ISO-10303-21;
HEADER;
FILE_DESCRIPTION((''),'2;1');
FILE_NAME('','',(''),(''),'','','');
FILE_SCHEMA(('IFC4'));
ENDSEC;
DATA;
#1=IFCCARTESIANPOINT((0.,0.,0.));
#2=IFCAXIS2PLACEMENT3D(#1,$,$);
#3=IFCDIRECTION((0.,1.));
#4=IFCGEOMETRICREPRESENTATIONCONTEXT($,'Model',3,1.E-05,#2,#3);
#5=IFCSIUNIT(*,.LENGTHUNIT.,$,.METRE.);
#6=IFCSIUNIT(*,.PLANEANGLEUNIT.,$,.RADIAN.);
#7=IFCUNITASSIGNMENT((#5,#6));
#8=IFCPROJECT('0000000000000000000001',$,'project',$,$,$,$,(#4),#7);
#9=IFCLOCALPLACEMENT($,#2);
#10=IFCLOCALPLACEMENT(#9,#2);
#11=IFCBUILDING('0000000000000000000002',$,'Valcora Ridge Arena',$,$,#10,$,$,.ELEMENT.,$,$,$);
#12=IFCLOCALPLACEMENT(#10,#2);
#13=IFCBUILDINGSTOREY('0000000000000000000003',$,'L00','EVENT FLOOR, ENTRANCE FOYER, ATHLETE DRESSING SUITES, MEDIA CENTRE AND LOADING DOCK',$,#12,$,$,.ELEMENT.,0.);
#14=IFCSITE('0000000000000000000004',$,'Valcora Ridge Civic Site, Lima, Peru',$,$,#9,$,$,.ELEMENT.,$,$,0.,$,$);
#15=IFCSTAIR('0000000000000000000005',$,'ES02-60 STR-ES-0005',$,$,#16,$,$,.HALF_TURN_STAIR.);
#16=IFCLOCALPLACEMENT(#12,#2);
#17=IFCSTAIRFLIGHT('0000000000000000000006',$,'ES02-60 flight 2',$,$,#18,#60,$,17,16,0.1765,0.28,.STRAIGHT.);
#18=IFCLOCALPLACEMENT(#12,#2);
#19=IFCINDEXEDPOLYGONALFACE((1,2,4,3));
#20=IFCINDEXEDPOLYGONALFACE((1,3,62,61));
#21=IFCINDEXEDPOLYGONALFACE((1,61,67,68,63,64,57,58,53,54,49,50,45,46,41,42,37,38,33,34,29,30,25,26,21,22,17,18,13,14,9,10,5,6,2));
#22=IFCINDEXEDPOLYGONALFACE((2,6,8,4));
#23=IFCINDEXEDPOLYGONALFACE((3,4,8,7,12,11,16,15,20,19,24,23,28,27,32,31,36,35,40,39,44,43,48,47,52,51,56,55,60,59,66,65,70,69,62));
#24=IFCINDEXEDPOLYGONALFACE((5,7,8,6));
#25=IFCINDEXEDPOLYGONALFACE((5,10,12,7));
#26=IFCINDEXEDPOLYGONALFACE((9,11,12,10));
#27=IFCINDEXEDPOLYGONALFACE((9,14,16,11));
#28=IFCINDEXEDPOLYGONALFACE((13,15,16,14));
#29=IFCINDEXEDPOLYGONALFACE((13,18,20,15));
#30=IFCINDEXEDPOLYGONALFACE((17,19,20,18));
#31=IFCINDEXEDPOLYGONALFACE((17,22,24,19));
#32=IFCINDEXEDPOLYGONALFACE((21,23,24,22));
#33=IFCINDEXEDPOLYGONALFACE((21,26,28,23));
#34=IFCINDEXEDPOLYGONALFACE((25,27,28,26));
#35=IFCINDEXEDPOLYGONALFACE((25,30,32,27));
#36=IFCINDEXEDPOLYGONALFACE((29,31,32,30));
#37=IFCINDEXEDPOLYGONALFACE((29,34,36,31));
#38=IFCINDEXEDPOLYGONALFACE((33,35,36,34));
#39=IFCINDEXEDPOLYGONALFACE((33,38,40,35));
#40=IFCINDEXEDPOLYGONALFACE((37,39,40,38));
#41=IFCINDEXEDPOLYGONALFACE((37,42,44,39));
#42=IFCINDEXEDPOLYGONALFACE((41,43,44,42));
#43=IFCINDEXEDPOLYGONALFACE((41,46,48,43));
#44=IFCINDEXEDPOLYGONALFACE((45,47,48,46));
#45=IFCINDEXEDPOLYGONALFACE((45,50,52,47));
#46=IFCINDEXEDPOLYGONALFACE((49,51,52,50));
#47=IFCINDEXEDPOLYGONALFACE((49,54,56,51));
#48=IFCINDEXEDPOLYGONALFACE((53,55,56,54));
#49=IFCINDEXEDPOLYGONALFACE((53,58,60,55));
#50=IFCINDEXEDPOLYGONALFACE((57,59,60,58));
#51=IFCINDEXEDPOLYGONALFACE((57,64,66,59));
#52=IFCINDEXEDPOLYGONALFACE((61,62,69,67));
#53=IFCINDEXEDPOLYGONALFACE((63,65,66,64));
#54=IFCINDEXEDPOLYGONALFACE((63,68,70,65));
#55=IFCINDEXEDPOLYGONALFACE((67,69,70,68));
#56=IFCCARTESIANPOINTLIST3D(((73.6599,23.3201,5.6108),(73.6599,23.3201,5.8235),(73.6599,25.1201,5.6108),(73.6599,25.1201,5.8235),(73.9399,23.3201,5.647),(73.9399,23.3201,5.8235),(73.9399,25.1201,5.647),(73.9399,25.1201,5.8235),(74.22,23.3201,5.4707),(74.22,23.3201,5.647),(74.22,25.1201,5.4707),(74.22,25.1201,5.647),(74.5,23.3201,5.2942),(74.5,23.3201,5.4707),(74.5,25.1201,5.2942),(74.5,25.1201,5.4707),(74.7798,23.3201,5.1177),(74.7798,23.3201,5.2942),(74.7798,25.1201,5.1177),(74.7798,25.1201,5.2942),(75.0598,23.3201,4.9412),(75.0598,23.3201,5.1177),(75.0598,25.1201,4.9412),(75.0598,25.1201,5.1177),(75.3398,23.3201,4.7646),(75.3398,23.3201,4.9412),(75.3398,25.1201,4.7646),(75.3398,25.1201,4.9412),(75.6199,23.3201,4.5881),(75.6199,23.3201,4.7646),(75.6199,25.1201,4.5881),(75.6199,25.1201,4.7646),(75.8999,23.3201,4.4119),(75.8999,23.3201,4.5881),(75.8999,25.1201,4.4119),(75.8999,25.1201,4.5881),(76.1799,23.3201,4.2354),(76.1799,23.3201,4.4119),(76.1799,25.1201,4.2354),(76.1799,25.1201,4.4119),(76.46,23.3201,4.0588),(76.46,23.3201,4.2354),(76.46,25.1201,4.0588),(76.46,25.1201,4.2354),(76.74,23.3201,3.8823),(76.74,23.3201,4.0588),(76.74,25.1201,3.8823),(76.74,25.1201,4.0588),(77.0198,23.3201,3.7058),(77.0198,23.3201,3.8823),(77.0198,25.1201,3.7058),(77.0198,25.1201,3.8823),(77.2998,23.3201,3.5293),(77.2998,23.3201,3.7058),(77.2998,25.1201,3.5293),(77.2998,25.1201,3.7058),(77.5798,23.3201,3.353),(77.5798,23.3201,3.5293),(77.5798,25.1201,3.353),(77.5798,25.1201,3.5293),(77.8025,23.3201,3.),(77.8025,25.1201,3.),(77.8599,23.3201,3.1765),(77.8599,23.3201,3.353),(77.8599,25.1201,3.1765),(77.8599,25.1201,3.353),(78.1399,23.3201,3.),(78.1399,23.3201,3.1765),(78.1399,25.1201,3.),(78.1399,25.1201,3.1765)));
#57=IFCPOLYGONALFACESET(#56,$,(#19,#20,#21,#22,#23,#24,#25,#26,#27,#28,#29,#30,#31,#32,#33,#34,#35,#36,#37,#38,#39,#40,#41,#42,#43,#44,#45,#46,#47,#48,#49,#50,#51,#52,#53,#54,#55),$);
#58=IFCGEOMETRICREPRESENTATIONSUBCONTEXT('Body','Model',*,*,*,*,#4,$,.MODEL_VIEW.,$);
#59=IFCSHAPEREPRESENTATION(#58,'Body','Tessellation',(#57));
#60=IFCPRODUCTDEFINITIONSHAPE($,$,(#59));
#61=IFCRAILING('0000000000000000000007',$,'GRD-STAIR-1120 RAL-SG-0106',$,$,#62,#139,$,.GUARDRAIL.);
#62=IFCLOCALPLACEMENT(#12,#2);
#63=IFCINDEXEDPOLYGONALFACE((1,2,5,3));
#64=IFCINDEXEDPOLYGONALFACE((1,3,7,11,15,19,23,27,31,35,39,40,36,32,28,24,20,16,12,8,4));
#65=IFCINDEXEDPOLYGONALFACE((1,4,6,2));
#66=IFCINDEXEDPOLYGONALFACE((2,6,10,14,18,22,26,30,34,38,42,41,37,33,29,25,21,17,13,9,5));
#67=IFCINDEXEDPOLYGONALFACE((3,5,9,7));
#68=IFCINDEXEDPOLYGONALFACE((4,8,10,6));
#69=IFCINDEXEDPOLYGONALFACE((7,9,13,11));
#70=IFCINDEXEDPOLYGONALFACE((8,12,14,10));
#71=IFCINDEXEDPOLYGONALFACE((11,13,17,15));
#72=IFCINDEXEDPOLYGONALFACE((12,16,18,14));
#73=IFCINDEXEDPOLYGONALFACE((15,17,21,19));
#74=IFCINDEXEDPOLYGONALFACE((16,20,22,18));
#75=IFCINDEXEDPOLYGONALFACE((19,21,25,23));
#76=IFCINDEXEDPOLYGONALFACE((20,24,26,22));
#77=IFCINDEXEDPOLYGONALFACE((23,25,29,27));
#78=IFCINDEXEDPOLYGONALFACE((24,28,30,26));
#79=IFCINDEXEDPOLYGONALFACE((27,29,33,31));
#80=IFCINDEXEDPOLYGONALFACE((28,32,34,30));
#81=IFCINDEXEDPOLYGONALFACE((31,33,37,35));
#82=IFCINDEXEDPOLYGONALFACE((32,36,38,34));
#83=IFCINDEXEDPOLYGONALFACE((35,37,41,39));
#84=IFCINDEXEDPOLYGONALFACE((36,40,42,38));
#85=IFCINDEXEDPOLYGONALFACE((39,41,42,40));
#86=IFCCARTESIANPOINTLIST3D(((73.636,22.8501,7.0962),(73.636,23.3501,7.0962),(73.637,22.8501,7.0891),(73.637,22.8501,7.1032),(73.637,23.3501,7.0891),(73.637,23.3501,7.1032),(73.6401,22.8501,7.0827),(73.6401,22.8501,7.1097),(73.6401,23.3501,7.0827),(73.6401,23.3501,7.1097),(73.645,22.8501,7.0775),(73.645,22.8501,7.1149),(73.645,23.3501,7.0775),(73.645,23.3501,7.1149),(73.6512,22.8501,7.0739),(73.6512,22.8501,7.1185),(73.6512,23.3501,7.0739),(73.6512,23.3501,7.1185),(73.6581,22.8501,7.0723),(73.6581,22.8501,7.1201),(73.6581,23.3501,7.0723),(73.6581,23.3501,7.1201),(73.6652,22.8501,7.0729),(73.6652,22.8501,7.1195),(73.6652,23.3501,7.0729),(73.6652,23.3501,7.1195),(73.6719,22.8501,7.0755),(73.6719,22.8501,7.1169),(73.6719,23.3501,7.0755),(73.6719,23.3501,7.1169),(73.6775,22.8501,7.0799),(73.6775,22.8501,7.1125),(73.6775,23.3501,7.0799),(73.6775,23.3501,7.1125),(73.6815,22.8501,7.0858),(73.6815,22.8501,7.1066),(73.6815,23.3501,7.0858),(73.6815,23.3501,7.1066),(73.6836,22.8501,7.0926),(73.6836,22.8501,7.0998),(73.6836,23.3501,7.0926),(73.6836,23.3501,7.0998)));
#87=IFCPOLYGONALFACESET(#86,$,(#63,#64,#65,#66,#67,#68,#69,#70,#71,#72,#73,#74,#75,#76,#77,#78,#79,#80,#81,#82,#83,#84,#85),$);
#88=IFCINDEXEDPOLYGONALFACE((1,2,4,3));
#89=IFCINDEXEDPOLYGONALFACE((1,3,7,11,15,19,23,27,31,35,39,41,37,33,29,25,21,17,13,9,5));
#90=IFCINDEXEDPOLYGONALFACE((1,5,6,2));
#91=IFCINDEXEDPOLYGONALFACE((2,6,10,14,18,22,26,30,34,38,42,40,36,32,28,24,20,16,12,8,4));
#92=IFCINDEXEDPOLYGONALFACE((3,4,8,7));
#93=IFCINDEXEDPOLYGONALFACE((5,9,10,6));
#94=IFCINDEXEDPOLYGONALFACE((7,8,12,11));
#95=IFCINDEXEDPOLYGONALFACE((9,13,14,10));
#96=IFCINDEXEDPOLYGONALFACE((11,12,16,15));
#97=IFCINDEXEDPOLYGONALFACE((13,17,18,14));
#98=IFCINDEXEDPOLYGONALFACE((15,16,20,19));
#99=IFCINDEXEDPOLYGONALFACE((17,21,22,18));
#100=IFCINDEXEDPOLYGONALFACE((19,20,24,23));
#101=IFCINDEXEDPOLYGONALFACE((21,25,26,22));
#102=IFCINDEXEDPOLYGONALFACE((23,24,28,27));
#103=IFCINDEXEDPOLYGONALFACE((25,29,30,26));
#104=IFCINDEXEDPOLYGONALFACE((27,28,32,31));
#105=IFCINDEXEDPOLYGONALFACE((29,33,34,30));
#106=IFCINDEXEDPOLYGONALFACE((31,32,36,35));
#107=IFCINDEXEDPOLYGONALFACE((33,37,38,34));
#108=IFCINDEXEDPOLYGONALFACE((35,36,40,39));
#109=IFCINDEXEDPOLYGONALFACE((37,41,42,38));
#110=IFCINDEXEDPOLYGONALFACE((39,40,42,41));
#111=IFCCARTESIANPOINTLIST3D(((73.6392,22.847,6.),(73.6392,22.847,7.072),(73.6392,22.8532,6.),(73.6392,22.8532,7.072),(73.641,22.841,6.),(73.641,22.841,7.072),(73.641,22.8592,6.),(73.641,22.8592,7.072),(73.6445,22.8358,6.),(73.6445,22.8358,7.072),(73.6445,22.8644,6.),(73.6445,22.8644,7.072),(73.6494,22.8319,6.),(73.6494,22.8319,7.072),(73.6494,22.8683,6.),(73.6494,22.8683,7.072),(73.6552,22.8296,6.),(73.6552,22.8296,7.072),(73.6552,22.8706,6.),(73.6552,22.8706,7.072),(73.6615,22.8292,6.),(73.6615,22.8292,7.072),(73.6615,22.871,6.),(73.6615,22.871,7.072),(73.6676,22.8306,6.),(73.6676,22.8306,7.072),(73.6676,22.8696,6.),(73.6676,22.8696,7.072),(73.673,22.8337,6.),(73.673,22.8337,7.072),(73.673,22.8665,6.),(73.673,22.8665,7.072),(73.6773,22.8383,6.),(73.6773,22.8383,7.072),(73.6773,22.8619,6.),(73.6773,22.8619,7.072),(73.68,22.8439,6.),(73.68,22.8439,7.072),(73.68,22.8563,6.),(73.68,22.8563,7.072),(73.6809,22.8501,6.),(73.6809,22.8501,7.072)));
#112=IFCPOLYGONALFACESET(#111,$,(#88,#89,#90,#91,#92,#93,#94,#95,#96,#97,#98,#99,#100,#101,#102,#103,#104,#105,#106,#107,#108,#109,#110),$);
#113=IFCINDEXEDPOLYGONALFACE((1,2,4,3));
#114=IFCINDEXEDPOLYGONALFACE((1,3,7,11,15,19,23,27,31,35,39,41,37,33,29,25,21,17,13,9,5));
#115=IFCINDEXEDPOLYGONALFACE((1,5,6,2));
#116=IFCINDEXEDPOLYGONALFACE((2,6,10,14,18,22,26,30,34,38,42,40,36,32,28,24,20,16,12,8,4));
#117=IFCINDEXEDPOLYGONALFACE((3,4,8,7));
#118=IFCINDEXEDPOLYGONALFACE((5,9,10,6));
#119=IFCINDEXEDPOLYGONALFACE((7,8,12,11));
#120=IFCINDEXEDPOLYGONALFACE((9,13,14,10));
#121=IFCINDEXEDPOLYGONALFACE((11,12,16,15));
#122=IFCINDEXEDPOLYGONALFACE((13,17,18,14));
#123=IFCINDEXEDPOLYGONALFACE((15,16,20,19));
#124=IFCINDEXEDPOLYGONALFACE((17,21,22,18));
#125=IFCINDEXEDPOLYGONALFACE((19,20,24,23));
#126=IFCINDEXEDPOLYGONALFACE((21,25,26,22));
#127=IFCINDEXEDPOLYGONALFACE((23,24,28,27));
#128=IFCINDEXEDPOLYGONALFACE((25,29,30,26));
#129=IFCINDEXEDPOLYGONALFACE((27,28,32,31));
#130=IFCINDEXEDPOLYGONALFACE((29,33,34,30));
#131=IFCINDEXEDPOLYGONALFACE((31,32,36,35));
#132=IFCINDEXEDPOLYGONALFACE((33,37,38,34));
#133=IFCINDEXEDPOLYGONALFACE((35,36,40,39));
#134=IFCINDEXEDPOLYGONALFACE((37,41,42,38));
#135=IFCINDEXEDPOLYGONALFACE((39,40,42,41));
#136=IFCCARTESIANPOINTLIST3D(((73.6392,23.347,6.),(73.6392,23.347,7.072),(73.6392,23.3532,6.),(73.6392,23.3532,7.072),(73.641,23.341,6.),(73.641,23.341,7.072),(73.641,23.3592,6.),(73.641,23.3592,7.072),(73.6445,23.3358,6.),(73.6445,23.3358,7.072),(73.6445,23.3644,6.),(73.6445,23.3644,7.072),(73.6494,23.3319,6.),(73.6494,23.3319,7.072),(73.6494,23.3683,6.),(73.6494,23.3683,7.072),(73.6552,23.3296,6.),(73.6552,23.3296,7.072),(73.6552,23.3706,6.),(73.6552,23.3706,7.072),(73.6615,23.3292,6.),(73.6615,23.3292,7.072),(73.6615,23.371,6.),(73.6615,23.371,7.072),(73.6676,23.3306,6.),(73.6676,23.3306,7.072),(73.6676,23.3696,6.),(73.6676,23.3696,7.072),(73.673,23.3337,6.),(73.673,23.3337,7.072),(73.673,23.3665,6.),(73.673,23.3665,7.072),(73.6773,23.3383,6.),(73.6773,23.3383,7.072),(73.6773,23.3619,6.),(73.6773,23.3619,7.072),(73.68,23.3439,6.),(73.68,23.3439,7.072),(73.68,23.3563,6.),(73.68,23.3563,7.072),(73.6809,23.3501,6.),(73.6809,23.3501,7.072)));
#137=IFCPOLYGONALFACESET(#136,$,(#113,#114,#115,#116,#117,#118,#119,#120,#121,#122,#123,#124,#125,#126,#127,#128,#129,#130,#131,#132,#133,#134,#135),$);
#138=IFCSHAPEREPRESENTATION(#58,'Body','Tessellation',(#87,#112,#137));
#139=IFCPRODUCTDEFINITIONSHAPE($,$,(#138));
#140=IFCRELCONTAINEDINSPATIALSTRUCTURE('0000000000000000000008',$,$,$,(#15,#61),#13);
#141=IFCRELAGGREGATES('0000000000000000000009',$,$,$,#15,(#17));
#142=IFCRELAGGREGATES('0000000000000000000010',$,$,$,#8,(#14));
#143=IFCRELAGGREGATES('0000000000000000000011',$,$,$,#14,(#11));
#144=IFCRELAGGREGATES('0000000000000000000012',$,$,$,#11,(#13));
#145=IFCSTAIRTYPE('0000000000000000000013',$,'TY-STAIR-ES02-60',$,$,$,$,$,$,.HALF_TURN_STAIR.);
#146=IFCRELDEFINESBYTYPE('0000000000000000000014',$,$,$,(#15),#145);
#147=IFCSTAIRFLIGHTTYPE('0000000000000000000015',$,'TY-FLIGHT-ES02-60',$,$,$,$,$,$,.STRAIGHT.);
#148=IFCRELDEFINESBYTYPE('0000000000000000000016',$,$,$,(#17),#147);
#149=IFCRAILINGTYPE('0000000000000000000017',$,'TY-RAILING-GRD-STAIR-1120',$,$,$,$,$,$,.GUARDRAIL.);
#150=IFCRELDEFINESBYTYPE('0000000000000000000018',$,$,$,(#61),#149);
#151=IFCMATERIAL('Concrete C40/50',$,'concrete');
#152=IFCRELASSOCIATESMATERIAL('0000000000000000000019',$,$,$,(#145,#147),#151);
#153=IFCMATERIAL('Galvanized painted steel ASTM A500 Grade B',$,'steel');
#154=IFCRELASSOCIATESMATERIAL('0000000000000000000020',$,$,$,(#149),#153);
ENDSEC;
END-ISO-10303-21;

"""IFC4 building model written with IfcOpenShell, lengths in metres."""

from ifc_helpers import new_model, si_unit, direction, frame, origin, origin_2d, place, context, subcontext, project, spatial, polyline, circle, outline, extrude, material, type_object, element, aggregate, save


model = new_model("IFC4")

# Units and contexts
model_context = context("Model", 3, precision=1e-05, world=origin(), true_north=direction((0.0, 1.0)))
body_context = subcontext(model_context, "Body", "Model", "MODEL_VIEW")
ifc_project = project(units=[si_unit("LENGTHUNIT", "METRE"), si_unit("PLANEANGLEUNIT", "RADIAN")], contexts=[model_context])

# Site, building, storey
site_placement = place(None, origin())
site = spatial("IfcSite", under=ifc_project, at=site_placement, Name="Valcora Ridge Civic Site, Lima, Peru", CompositionType="ELEMENT", RefElevation=0.0)
building_placement = place(site_placement, origin())
building = spatial("IfcBuilding", under=site, at=building_placement, Name="Valcora Ridge Arena", CompositionType="ELEMENT")
storey_placement = place(building_placement, origin())
storey = spatial("IfcBuildingStorey", under=building, at=storey_placement, Name="L00", Description="EVENT FLOOR, ENTRANCE FOYER, ATHLETE DRESSING SUITES, MEDIA CENTRE AND LOADING DOCK", CompositionType="ELEMENT", Elevation=0.0)

# Stair, stair flight
ifc_material_1 = material(Name="Concrete C40/50", Category="concrete")
stair_type = type_object("IfcStairType", Name="TY-STAIR-ES02-60", PredefinedType="HALF_TURN_STAIR", material=ifc_material_1)
stair_placement = place(storey_placement, origin())
stair = element("IfcStair", 1, at=stair_placement, inside=storey, type_object=stair_type, Name="ES02-60 STR-ES-0005", PredefinedType="HALF_TURN_STAIR")
stair_flight_type = type_object("IfcStairFlightType", Name="TY-FLIGHT-ES02-60", PredefinedType="STRAIGHT", material=ifc_material_1)
stair_flight_1_placement = place(storey_placement, frame((78.1399, 24.22, 3.0), z_axis=(0.0, 0.0, 1.0), x_axis=(-1.0, 0.0, 0.0)))
stair_flight_1 = element("IfcStairFlight", 2, at=stair_flight_1_placement, type_object=stair_flight_type, Name="ES02-60 flight 2", NumberOfRisers=17, NumberOfTreads=16, PredefinedType="STRAIGHT", RiserHeight=0.1765, TreadLength=0.28, context=body_context, shape_type="SweptSolid", body=[
    extrude(outline(polyline([(0.0, 0.0), (0.0, 0.1765), (0.28, 0.1765), (0.28, 0.353), (0.5601, 0.353), (0.5601, 0.5293), (0.8401, 0.5293), (0.8401, 0.7058), (1.1201, 0.7058), (1.1201, 0.8823), (1.3999, 0.8823), (1.3999, 1.0588), (1.6799, 1.0588), (1.6799, 1.2354), (1.96, 1.2354), (1.96, 1.4119), (2.24, 1.4119), (2.24, 1.5881), (2.52, 1.5881), (2.52, 1.7646), (2.8, 1.7646), (2.8, 1.9412), (3.0801, 1.9412), (3.0801, 2.1177), (3.3601, 2.1177), (3.3601, 2.2942), (3.6399, 2.2942), (3.6399, 2.4707), (3.9199, 2.4707), (3.9199, 2.647), (4.2, 2.647), (4.2, 2.8235), (4.48, 2.8235), (4.48, 3.0), (4.48, 2.6108), (0.3374, 0.0), (0.0, 0.0)])), frame((0.0, 0.8999, 0.0), z_axis=(0.0, -1.0, 0.0), x_axis=(1.0, 0.0, 0.0)), (0.0, 0.0, 1.0), 1.8),
])
aggregate(stair, [stair_flight_1])

# Railing
ifc_material_2 = material(Name="Galvanized painted steel ASTM A500 Grade B", Category="steel")
railing_type_1 = type_object("IfcRailingType", Name="TY-RAILING-GRD-STAIR-1120", PredefinedType="GUARDRAIL", material=ifc_material_2)
railing_1_placement = place(storey_placement, frame((73.6599, 22.8501, 6.0)))
element("IfcRailing", 3, at=railing_1_placement, inside=storey, type_object=railing_type_1, Name="GRD-STAIR-1120 RAL-SG-0106", PredefinedType="GUARDRAIL", context=body_context, shape_type="SweptSolid", body=[
    extrude(circle(Radius=0.0239, at=origin_2d()), frame((0.0, 0.0, 1.0962), z_axis=(0.0, 1.0, 0.0), x_axis=(-1.0, 0.0, 0.0)), (0.0, 0.0, 1.0), 0.5),
    extrude(circle(Radius=0.021, at=origin_2d()), origin(), (0.0, 0.0, 1.0), 1.072),
    extrude(circle(Radius=0.021, at=origin_2d()), frame((0.0, 0.5, 0.0)), (0.0, 0.0, 1.0), 1.072),
])

save(model, "model.ifc")
